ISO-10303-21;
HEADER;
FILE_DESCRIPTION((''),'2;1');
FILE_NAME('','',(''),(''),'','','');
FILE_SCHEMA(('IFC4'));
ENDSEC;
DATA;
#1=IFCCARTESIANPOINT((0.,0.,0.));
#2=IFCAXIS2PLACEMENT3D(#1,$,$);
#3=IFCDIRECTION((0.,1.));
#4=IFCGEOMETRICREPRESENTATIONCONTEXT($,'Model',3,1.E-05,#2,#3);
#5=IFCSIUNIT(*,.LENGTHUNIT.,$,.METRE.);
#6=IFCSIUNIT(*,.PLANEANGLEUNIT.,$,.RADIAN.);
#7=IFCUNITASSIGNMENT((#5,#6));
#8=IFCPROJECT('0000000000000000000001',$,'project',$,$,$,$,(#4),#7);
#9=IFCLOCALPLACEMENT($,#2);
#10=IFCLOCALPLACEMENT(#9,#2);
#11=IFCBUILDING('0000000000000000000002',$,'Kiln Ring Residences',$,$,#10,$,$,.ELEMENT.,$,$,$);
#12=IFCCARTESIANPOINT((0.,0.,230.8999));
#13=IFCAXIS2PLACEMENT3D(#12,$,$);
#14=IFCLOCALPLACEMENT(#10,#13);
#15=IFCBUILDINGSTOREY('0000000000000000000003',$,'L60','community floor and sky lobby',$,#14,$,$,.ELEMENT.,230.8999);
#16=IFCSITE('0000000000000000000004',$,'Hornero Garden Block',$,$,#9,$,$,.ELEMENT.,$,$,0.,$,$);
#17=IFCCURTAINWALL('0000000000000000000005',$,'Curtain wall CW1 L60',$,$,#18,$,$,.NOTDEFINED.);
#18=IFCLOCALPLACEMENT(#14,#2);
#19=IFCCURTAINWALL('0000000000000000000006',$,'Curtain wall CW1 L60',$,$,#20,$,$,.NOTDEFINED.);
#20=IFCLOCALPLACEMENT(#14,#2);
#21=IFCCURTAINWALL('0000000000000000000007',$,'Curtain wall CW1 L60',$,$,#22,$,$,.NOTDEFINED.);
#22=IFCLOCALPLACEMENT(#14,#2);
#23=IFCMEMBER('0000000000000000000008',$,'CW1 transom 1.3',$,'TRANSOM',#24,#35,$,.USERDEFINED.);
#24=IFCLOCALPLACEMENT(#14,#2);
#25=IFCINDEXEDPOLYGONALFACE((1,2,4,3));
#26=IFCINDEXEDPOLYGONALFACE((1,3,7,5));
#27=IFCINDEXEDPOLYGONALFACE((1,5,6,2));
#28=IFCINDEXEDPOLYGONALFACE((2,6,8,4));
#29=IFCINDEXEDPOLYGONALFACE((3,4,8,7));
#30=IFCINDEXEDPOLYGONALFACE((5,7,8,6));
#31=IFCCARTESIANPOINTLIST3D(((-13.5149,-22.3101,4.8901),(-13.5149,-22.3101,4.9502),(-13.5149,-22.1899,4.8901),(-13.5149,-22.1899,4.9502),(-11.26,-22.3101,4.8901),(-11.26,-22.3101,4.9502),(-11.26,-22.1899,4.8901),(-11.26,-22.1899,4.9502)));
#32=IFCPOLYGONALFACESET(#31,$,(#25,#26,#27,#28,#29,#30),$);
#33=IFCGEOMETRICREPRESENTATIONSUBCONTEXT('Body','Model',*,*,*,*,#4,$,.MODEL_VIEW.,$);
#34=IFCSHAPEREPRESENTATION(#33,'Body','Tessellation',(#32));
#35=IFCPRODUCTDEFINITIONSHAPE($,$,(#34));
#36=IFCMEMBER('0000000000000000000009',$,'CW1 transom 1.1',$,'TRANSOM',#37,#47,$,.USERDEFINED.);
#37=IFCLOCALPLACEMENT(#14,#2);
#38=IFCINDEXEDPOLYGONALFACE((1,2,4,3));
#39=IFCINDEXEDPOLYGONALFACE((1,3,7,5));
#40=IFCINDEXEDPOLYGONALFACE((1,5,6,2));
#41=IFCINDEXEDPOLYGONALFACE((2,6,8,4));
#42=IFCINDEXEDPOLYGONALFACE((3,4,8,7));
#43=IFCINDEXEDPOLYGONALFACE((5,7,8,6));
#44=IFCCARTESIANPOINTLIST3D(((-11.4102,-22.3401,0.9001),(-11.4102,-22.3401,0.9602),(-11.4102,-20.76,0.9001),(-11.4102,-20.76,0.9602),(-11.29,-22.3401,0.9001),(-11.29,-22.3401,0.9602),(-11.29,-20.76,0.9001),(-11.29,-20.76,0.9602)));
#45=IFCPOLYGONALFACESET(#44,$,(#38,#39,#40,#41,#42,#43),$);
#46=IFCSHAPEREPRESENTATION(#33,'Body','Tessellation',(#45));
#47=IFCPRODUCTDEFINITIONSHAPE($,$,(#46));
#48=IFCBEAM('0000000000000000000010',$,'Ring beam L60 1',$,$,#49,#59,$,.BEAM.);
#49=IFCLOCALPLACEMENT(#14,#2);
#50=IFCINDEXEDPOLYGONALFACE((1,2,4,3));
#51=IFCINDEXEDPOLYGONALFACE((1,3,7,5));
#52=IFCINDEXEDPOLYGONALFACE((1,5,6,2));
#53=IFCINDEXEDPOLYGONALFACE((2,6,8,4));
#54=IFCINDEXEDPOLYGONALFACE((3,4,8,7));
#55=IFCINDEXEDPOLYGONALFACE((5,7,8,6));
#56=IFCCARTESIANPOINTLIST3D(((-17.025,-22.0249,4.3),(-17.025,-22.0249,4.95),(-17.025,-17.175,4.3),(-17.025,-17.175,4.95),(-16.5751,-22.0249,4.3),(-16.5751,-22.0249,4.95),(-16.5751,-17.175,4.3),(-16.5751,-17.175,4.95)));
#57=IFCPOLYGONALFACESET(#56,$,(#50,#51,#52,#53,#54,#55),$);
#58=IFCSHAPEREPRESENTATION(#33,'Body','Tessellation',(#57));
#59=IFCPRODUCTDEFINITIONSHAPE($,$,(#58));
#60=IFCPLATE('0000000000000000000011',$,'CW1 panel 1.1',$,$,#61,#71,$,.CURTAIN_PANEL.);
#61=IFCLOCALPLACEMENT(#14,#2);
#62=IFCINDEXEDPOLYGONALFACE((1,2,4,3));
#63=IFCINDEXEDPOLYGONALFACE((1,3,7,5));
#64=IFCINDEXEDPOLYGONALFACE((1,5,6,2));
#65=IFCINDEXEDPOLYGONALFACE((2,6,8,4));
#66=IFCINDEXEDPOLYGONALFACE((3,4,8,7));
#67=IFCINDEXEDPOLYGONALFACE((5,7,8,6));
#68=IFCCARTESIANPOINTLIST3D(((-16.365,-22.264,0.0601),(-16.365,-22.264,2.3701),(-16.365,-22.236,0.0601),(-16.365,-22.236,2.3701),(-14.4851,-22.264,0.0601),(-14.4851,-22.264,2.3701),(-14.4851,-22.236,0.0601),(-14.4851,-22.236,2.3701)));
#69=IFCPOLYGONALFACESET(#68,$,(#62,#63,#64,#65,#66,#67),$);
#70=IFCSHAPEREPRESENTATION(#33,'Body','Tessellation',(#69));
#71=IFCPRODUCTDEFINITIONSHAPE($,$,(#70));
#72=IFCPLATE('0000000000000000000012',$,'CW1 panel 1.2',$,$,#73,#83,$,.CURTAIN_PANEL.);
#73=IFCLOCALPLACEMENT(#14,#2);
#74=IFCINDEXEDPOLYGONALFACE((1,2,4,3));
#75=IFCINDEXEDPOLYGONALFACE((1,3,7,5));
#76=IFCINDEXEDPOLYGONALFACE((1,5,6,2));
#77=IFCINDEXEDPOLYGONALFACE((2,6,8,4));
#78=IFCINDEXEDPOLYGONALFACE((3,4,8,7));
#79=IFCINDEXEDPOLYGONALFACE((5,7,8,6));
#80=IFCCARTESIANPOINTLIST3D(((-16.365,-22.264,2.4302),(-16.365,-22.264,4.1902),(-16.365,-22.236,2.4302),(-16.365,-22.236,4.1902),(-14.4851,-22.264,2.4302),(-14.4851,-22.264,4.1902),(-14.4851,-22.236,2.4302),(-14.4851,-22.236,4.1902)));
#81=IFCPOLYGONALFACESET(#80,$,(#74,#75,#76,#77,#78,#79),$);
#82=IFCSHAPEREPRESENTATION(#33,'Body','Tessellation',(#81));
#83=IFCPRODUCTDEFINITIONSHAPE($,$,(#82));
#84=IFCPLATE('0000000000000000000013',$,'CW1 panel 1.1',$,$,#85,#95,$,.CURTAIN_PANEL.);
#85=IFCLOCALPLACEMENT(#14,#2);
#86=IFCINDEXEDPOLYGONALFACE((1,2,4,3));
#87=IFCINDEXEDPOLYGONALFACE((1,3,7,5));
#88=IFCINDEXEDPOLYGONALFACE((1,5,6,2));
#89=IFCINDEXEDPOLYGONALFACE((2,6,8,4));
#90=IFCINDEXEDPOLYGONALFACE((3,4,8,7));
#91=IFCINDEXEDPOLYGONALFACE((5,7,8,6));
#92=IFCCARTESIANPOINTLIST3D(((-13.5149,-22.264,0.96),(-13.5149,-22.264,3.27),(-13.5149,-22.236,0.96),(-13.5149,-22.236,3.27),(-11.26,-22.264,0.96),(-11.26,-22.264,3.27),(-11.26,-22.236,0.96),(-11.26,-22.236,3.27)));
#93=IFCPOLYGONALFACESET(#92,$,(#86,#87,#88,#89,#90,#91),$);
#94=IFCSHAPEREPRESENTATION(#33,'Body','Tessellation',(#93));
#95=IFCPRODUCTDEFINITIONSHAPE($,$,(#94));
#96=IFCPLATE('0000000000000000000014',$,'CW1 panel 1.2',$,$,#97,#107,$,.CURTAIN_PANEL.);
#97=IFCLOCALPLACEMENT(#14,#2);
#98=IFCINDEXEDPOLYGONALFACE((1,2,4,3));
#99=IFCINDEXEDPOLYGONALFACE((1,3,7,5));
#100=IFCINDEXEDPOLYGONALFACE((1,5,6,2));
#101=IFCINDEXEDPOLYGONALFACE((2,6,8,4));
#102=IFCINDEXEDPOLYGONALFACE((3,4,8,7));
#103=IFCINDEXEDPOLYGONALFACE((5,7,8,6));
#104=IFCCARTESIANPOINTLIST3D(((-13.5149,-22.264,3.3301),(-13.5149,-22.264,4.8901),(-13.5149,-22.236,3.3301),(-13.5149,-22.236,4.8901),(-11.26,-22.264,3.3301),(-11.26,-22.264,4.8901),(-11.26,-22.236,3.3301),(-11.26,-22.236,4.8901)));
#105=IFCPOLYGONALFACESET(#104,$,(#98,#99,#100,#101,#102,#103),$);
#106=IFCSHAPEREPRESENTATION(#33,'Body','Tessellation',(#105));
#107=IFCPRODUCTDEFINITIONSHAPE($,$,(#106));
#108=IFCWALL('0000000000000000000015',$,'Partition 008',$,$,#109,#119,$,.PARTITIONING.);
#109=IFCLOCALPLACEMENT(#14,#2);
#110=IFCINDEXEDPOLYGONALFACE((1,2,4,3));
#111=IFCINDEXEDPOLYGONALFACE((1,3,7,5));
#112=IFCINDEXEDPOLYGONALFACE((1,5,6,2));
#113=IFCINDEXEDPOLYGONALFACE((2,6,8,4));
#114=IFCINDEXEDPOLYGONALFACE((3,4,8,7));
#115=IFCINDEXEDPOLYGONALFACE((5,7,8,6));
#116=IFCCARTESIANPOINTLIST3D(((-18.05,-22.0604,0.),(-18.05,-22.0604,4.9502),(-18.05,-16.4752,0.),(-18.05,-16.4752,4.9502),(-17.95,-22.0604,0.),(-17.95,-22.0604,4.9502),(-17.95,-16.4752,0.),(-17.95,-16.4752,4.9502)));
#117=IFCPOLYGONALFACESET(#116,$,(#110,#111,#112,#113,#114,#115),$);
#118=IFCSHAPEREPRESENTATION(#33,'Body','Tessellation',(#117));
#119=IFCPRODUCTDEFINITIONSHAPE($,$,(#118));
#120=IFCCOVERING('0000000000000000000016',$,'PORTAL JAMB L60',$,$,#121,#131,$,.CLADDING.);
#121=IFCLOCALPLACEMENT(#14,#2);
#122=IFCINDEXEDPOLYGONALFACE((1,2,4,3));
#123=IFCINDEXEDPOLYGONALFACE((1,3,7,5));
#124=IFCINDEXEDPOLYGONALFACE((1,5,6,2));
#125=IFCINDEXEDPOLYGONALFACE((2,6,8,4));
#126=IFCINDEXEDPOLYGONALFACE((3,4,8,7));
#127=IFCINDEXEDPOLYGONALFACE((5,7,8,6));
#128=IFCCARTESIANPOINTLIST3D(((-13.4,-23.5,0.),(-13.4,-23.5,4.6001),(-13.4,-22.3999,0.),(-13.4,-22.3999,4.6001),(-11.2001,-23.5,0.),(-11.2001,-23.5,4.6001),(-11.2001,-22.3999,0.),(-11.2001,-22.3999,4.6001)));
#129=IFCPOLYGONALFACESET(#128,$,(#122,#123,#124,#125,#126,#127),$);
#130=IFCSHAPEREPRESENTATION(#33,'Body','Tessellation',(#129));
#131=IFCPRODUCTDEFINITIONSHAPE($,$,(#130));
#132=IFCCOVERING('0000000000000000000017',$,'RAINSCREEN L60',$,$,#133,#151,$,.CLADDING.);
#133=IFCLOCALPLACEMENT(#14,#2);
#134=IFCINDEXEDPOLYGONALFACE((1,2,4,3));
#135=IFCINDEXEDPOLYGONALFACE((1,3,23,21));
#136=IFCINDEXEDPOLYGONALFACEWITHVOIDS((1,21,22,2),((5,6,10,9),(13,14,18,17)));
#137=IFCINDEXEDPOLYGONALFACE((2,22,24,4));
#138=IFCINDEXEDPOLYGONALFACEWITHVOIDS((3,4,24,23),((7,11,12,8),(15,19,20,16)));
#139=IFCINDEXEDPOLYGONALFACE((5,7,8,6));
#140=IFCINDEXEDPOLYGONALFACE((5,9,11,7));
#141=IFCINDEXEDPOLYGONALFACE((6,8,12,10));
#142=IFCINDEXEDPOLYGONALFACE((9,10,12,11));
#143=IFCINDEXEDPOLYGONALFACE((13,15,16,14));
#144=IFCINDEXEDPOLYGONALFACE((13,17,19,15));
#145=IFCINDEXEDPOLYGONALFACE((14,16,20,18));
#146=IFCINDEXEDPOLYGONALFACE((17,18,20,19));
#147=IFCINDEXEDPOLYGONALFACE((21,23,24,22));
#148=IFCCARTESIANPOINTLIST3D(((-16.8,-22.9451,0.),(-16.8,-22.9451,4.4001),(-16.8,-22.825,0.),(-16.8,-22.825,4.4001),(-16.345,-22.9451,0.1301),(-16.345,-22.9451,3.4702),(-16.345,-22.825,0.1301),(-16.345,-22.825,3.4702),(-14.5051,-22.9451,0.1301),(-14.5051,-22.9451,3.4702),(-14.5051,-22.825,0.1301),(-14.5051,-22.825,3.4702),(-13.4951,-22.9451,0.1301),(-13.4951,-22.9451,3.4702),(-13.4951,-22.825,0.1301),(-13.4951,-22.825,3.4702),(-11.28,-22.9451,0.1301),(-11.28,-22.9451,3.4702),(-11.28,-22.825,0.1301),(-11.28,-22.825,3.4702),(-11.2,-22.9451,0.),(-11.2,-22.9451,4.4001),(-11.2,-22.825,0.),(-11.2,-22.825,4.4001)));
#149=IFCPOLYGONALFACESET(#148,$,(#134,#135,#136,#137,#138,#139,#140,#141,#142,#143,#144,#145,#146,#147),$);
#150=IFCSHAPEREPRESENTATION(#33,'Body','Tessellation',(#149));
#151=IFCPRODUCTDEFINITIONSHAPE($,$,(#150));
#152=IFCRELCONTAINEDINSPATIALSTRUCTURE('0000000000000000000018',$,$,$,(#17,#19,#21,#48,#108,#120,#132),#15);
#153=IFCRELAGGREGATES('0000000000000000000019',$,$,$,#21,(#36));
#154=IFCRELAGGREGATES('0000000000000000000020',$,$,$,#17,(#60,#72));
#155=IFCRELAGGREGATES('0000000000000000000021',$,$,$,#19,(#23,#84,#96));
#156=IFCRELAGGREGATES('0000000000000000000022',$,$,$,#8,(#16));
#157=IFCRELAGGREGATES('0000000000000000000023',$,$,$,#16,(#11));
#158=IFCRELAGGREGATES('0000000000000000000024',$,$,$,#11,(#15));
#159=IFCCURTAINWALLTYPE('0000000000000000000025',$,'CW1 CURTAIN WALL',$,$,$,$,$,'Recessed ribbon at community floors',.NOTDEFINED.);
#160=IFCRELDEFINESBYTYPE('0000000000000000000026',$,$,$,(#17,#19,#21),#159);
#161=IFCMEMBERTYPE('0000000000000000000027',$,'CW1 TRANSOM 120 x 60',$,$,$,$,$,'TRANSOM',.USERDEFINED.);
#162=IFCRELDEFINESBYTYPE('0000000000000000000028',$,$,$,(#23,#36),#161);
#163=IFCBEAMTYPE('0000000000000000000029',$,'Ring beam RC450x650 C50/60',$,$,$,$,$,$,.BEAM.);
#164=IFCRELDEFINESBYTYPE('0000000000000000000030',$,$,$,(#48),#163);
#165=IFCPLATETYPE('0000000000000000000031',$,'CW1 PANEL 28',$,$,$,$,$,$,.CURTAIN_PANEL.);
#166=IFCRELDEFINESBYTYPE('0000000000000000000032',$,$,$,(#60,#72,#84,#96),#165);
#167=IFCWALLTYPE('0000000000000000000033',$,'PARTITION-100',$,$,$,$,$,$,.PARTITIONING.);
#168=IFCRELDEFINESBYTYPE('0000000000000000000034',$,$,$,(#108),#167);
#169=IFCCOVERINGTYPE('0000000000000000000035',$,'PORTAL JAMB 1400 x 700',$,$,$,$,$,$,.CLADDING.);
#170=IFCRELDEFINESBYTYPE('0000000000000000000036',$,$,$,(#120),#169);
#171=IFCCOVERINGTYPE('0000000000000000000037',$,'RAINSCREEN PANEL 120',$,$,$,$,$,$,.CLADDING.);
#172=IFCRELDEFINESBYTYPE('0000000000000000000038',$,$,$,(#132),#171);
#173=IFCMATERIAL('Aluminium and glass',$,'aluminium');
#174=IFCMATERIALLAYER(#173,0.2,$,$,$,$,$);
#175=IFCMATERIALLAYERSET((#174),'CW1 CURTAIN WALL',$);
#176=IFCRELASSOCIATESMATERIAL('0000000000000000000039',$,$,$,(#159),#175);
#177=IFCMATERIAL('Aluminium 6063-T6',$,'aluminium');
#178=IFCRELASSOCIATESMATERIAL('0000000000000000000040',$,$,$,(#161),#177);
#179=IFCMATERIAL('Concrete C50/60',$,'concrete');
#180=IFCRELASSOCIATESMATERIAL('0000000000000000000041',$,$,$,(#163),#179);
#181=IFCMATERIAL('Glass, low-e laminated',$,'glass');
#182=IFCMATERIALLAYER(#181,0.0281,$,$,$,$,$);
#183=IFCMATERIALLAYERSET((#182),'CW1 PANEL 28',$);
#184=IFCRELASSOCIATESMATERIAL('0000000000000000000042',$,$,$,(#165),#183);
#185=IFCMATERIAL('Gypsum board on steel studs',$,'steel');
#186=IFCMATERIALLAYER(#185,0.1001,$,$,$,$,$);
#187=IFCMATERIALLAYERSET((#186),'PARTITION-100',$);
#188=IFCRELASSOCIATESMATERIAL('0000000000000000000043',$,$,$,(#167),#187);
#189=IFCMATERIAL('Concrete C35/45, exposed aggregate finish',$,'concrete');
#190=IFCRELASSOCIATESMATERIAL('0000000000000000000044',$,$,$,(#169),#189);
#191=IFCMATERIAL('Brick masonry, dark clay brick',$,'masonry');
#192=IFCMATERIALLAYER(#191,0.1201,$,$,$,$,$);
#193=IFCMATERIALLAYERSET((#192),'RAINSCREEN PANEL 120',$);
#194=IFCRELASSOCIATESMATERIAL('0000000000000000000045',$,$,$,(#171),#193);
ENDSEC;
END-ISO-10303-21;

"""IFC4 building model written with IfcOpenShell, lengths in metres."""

from ifc_helpers import new_model, si_unit, direction, frame, frame_2d, origin, origin_2d, place, context, subcontext, project, spatial, polyline, rectangle, outline, extrude, material, layer, layer_set, material_profile, profile_set, type_object, element, aggregate, save


model = new_model("IFC4")

# Units and contexts
model_context = context("Model", 3, precision=1e-05, world=origin(), true_north=direction((0.0, 1.0)))
body_context = subcontext(model_context, "Body", "Model", "MODEL_VIEW")
ifc_project = project(units=[si_unit("LENGTHUNIT", "METRE"), si_unit("PLANEANGLEUNIT", "RADIAN")], contexts=[model_context])

# Site, building, storey
site_placement = place(None, origin())
site = spatial("IfcSite", under=ifc_project, at=site_placement, Name="Hornero Garden Block", CompositionType="ELEMENT", RefElevation=0.0)
building_placement = place(site_placement, origin())
building = spatial("IfcBuilding", under=site, at=building_placement, Name="Kiln Ring Residences", CompositionType="ELEMENT")
storey_placement = place(building_placement, frame((0.0, 0.0, 230.8999)))
storey = spatial("IfcBuildingStorey", under=building, at=storey_placement, Name="L60", Description="community floor and sky lobby", CompositionType="ELEMENT", Elevation=230.8999)

# Shared definitions
ifc_material_1 = material(Name="Aluminium and glass", Category="aluminium")
ifc_layer_1 = layer(ifc_material_1, 0.2)
ifc_layer_set_1 = layer_set([ifc_layer_1], Name="CW1 CURTAIN WALL")
curtain_wall_type = type_object("IfcCurtainWallType", Name="CW1 CURTAIN WALL", ElementType="Recessed ribbon at community floors", PredefinedType="NOTDEFINED", material=ifc_layer_set_1)
placement = place(storey_placement, origin())

# Curtain wall
curtain_wall_1 = element("IfcCurtainWall", 1, at=placement, inside=storey, type_object=curtain_wall_type, Name="Curtain wall CW1 L60", PredefinedType="NOTDEFINED")

# Curtain walls
curtain_wall_2 = element("IfcCurtainWall", 2, at=placement, inside=storey, type_object=curtain_wall_type, Name="Curtain wall CW1 L60", PredefinedType="NOTDEFINED")
curtain_wall_3 = element("IfcCurtainWall", 3, at=placement, inside=storey, type_object=curtain_wall_type, Name="Curtain wall CW1 L60", PredefinedType="NOTDEFINED")

# Members
ifc_material_2 = material(Name="Aluminium 6063-T6", Category="aluminium")
ifc_material_profile_1 = material_profile(ifc_material_2, rectangle(XDim=0.1201, YDim=0.0601, at=origin_2d()), Name="AL 120x60")
ifc_profile_set_1 = profile_set([ifc_material_profile_1], Name="Aluminium 6063-T6")
member_type_1 = type_object("IfcMemberType", Name="CW1 TRANSOM 120 x 60", ElementType="TRANSOM", PredefinedType="USERDEFINED", material=ifc_profile_set_1)
member_1_placement = place(storey_placement, frame((-13.5149, -22.25, 4.9202), z_axis=(1.0, 0.0, 0.0), x_axis=(0.0, 1.0, 0.0)))
member_1 = element("IfcMember", 4, at=member_1_placement, type_object=member_type_1, Name="CW1 transom 1.3", ObjectType="TRANSOM", PredefinedType="USERDEFINED", context=body_context, shape_type="SweptSolid", body=[
    extrude(rectangle(XDim=0.1201, YDim=0.0601, at=origin_2d()), origin(), (0.0, 0.0, 1.0), 2.2549),
])
member_2_placement = place(storey_placement, frame((-11.3501, -22.3401, 0.9302), z_axis=(0.0, 1.0, 0.0), x_axis=(-1.0, 0.0, 0.0)))
member_2 = element("IfcMember", 5, at=member_2_placement, type_object=member_type_1, Name="CW1 transom 1.1", ObjectType="TRANSOM", PredefinedType="USERDEFINED", context=body_context, shape_type="SweptSolid", body=[
    extrude(rectangle(XDim=0.1201, YDim=0.0601, at=origin_2d()), origin(), (0.0, 0.0, 1.0), 1.5801),
])
aggregate(curtain_wall_3, [member_2])

# Beam
ifc_material_3 = material(Name="Concrete C50/60", Category="concrete")
ifc_material_profile_2 = material_profile(ifc_material_3, rectangle(XDim=0.45, YDim=0.6499, at=origin_2d()), Name="RC450x650")
ifc_profile_set_2 = profile_set([ifc_material_profile_2], Name="Concrete C50/60")
beam_type = type_object("IfcBeamType", Name="Ring beam RC450x650 C50/60", PredefinedType="BEAM", material=ifc_profile_set_2)
beam_placement = place(storey_placement, frame((-16.8, -17.175, 4.625), z_axis=(0.0, -1.0, 0.0), x_axis=(1.0, 0.0, 0.0)))
element("IfcBeam", 6, at=beam_placement, inside=storey, type_object=beam_type, Name="Ring beam L60 1", PredefinedType="BEAM", context=body_context, shape_type="SweptSolid", body=[
    extrude(rectangle(XDim=0.45, YDim=0.6499, at=origin_2d()), origin(), (0.0, 0.0, 1.0), 4.8499),
])

# Plates
ifc_material_4 = material(Name="Glass, low-e laminated", Category="glass")
ifc_layer_2 = layer(ifc_material_4, 0.0281)
ifc_layer_set_2 = layer_set([ifc_layer_2], Name="CW1 PANEL 28")
plate_type = type_object("IfcPlateType", Name="CW1 PANEL 28", PredefinedType="CURTAIN_PANEL", material=ifc_layer_set_2)
plate_1_placement = place(storey_placement, frame((-15.425, -22.25, 0.0601), z_axis=(0.0, 0.0, 1.0), x_axis=(1.0, 0.0, 0.0)))
plate_1 = element("IfcPlate", 7, at=plate_1_placement, type_object=plate_type, Name="CW1 panel 1.1", PredefinedType="CURTAIN_PANEL", context=body_context, shape_type="SweptSolid", body=[
    extrude(rectangle(XDim=1.8799, YDim=0.0281, at=origin_2d()), origin(), (0.0, 0.0, 1.0), 2.3101),
])
plate_2_placement = place(storey_placement, frame((-15.425, -22.25, 2.4302), z_axis=(0.0, 0.0, 1.0), x_axis=(1.0, 0.0, 0.0)))
plate_2 = element("IfcPlate", 8, at=plate_2_placement, type_object=plate_type, Name="CW1 panel 1.2", PredefinedType="CURTAIN_PANEL", context=body_context, shape_type="SweptSolid", body=[
    extrude(rectangle(XDim=1.8799, YDim=0.0281, at=origin_2d()), origin(), (0.0, 0.0, 1.0), 1.76),
])
aggregate(curtain_wall_1, [plate_1, plate_2])
plate_3_placement = place(storey_placement, frame((-12.3875, -22.25, 0.96), z_axis=(0.0, 0.0, 1.0), x_axis=(1.0, 0.0, 0.0)))
plate_3 = element("IfcPlate", 9, at=plate_3_placement, type_object=plate_type, Name="CW1 panel 1.1", PredefinedType="CURTAIN_PANEL", context=body_context, shape_type="SweptSolid", body=[
    extrude(rectangle(XDim=2.2549, YDim=0.0281, at=origin_2d()), origin(), (0.0, 0.0, 1.0), 2.3101),
])
plate_4_placement = place(storey_placement, frame((-12.3875, -22.25, 3.3301), z_axis=(0.0, 0.0, 1.0), x_axis=(1.0, 0.0, 0.0)))
plate_4 = element("IfcPlate", 10, at=plate_4_placement, type_object=plate_type, Name="CW1 panel 1.2", PredefinedType="CURTAIN_PANEL", context=body_context, shape_type="SweptSolid", body=[
    extrude(rectangle(XDim=2.2549, YDim=0.0281, at=origin_2d()), origin(), (0.0, 0.0, 1.0), 1.5601),
])
aggregate(curtain_wall_2, [member_1, plate_3, plate_4])

# Wall
ifc_material_5 = material(Name="Gypsum board on steel studs", Category="steel")
ifc_layer_3 = layer(ifc_material_5, 0.1001)
ifc_layer_set_3 = layer_set([ifc_layer_3], Name="PARTITION-100")
wall_type = type_object("IfcWallType", Name="PARTITION-100", PredefinedType="PARTITIONING", material=ifc_layer_set_3)
wall_placement = place(storey_placement, frame((-18.0, -22.0603, 0.0), z_axis=(0.0, 0.0, 1.0), x_axis=(0.0, 1.0, 0.0)))
element("IfcWall", 11, at=wall_placement, inside=storey, type_object=wall_type, Name="Partition 008", PredefinedType="PARTITIONING", context=body_context, shape_type="SweptSolid", body=[
    extrude(rectangle(XDim=5.5852, YDim=0.1001, at=frame_2d((2.7925, 0.0))), origin(), (0.0, 0.0, 1.0), 4.9502),
])

# Coverings
ifc_material_6 = material(Name="Concrete C35/45, exposed aggregate finish", Category="concrete")
covering_type_1 = type_object("IfcCoveringType", Name="PORTAL JAMB 1400 x 700", PredefinedType="CLADDING", material=ifc_material_6)
covering_1_placement = place(storey_placement, frame((-12.3, -22.95, 0.0), z_axis=(0.0, 0.0, 1.0), x_axis=(1.0, 0.0, 0.0)))
element("IfcCovering", 12, at=covering_1_placement, inside=storey, type_object=covering_type_1, Name="PORTAL JAMB L60", PredefinedType="CLADDING", context=body_context, shape_type="SweptSolid", body=[
    extrude(rectangle(XDim=2.2, YDim=1.1001, at=origin_2d()), origin(), (0.0, 0.0, 1.0), 4.6001),
])
ifc_material_7 = material(Name="Brick masonry, dark clay brick", Category="masonry")
ifc_layer_4 = layer(ifc_material_7, 0.1201)
ifc_layer_set_4 = layer_set([ifc_layer_4], Name="RAINSCREEN PANEL 120")
covering_type_2 = type_object("IfcCoveringType", Name="RAINSCREEN PANEL 120", PredefinedType="CLADDING", material=ifc_layer_set_4)
covering_2_placement = place(storey_placement, frame((-16.8, -22.885, 0.0), z_axis=(0.0, 0.0, 1.0), x_axis=(1.0, 0.0, 0.0)))
element("IfcCovering", 13, at=covering_2_placement, inside=storey, type_object=covering_type_2, Name="RAINSCREEN L60", PredefinedType="CLADDING", context=body_context, shape_type="SweptSolid", body=[
    extrude(outline(polyline([(0.0, 0.0), (5.6001, 0.0), (5.6001, 4.4001), (0.0, 4.4001), (0.0, 0.0)]), holes=[polyline([(2.2949, 3.4702), (0.4551, 3.4702), (0.4551, 0.1301), (2.2949, 0.1301), (2.2949, 3.4702)]), polyline([(5.52, 3.4702), (3.3049, 3.4702), (3.3049, 0.1301), (5.52, 0.1301), (5.52, 3.4702)])]), frame((0.0, 0.0601, 0.0), z_axis=(0.0, -1.0, 0.0), x_axis=(1.0, 0.0, 0.0)), (0.0, 0.0, 1.0), 0.1201),
])

save(model, "model.ifc")
